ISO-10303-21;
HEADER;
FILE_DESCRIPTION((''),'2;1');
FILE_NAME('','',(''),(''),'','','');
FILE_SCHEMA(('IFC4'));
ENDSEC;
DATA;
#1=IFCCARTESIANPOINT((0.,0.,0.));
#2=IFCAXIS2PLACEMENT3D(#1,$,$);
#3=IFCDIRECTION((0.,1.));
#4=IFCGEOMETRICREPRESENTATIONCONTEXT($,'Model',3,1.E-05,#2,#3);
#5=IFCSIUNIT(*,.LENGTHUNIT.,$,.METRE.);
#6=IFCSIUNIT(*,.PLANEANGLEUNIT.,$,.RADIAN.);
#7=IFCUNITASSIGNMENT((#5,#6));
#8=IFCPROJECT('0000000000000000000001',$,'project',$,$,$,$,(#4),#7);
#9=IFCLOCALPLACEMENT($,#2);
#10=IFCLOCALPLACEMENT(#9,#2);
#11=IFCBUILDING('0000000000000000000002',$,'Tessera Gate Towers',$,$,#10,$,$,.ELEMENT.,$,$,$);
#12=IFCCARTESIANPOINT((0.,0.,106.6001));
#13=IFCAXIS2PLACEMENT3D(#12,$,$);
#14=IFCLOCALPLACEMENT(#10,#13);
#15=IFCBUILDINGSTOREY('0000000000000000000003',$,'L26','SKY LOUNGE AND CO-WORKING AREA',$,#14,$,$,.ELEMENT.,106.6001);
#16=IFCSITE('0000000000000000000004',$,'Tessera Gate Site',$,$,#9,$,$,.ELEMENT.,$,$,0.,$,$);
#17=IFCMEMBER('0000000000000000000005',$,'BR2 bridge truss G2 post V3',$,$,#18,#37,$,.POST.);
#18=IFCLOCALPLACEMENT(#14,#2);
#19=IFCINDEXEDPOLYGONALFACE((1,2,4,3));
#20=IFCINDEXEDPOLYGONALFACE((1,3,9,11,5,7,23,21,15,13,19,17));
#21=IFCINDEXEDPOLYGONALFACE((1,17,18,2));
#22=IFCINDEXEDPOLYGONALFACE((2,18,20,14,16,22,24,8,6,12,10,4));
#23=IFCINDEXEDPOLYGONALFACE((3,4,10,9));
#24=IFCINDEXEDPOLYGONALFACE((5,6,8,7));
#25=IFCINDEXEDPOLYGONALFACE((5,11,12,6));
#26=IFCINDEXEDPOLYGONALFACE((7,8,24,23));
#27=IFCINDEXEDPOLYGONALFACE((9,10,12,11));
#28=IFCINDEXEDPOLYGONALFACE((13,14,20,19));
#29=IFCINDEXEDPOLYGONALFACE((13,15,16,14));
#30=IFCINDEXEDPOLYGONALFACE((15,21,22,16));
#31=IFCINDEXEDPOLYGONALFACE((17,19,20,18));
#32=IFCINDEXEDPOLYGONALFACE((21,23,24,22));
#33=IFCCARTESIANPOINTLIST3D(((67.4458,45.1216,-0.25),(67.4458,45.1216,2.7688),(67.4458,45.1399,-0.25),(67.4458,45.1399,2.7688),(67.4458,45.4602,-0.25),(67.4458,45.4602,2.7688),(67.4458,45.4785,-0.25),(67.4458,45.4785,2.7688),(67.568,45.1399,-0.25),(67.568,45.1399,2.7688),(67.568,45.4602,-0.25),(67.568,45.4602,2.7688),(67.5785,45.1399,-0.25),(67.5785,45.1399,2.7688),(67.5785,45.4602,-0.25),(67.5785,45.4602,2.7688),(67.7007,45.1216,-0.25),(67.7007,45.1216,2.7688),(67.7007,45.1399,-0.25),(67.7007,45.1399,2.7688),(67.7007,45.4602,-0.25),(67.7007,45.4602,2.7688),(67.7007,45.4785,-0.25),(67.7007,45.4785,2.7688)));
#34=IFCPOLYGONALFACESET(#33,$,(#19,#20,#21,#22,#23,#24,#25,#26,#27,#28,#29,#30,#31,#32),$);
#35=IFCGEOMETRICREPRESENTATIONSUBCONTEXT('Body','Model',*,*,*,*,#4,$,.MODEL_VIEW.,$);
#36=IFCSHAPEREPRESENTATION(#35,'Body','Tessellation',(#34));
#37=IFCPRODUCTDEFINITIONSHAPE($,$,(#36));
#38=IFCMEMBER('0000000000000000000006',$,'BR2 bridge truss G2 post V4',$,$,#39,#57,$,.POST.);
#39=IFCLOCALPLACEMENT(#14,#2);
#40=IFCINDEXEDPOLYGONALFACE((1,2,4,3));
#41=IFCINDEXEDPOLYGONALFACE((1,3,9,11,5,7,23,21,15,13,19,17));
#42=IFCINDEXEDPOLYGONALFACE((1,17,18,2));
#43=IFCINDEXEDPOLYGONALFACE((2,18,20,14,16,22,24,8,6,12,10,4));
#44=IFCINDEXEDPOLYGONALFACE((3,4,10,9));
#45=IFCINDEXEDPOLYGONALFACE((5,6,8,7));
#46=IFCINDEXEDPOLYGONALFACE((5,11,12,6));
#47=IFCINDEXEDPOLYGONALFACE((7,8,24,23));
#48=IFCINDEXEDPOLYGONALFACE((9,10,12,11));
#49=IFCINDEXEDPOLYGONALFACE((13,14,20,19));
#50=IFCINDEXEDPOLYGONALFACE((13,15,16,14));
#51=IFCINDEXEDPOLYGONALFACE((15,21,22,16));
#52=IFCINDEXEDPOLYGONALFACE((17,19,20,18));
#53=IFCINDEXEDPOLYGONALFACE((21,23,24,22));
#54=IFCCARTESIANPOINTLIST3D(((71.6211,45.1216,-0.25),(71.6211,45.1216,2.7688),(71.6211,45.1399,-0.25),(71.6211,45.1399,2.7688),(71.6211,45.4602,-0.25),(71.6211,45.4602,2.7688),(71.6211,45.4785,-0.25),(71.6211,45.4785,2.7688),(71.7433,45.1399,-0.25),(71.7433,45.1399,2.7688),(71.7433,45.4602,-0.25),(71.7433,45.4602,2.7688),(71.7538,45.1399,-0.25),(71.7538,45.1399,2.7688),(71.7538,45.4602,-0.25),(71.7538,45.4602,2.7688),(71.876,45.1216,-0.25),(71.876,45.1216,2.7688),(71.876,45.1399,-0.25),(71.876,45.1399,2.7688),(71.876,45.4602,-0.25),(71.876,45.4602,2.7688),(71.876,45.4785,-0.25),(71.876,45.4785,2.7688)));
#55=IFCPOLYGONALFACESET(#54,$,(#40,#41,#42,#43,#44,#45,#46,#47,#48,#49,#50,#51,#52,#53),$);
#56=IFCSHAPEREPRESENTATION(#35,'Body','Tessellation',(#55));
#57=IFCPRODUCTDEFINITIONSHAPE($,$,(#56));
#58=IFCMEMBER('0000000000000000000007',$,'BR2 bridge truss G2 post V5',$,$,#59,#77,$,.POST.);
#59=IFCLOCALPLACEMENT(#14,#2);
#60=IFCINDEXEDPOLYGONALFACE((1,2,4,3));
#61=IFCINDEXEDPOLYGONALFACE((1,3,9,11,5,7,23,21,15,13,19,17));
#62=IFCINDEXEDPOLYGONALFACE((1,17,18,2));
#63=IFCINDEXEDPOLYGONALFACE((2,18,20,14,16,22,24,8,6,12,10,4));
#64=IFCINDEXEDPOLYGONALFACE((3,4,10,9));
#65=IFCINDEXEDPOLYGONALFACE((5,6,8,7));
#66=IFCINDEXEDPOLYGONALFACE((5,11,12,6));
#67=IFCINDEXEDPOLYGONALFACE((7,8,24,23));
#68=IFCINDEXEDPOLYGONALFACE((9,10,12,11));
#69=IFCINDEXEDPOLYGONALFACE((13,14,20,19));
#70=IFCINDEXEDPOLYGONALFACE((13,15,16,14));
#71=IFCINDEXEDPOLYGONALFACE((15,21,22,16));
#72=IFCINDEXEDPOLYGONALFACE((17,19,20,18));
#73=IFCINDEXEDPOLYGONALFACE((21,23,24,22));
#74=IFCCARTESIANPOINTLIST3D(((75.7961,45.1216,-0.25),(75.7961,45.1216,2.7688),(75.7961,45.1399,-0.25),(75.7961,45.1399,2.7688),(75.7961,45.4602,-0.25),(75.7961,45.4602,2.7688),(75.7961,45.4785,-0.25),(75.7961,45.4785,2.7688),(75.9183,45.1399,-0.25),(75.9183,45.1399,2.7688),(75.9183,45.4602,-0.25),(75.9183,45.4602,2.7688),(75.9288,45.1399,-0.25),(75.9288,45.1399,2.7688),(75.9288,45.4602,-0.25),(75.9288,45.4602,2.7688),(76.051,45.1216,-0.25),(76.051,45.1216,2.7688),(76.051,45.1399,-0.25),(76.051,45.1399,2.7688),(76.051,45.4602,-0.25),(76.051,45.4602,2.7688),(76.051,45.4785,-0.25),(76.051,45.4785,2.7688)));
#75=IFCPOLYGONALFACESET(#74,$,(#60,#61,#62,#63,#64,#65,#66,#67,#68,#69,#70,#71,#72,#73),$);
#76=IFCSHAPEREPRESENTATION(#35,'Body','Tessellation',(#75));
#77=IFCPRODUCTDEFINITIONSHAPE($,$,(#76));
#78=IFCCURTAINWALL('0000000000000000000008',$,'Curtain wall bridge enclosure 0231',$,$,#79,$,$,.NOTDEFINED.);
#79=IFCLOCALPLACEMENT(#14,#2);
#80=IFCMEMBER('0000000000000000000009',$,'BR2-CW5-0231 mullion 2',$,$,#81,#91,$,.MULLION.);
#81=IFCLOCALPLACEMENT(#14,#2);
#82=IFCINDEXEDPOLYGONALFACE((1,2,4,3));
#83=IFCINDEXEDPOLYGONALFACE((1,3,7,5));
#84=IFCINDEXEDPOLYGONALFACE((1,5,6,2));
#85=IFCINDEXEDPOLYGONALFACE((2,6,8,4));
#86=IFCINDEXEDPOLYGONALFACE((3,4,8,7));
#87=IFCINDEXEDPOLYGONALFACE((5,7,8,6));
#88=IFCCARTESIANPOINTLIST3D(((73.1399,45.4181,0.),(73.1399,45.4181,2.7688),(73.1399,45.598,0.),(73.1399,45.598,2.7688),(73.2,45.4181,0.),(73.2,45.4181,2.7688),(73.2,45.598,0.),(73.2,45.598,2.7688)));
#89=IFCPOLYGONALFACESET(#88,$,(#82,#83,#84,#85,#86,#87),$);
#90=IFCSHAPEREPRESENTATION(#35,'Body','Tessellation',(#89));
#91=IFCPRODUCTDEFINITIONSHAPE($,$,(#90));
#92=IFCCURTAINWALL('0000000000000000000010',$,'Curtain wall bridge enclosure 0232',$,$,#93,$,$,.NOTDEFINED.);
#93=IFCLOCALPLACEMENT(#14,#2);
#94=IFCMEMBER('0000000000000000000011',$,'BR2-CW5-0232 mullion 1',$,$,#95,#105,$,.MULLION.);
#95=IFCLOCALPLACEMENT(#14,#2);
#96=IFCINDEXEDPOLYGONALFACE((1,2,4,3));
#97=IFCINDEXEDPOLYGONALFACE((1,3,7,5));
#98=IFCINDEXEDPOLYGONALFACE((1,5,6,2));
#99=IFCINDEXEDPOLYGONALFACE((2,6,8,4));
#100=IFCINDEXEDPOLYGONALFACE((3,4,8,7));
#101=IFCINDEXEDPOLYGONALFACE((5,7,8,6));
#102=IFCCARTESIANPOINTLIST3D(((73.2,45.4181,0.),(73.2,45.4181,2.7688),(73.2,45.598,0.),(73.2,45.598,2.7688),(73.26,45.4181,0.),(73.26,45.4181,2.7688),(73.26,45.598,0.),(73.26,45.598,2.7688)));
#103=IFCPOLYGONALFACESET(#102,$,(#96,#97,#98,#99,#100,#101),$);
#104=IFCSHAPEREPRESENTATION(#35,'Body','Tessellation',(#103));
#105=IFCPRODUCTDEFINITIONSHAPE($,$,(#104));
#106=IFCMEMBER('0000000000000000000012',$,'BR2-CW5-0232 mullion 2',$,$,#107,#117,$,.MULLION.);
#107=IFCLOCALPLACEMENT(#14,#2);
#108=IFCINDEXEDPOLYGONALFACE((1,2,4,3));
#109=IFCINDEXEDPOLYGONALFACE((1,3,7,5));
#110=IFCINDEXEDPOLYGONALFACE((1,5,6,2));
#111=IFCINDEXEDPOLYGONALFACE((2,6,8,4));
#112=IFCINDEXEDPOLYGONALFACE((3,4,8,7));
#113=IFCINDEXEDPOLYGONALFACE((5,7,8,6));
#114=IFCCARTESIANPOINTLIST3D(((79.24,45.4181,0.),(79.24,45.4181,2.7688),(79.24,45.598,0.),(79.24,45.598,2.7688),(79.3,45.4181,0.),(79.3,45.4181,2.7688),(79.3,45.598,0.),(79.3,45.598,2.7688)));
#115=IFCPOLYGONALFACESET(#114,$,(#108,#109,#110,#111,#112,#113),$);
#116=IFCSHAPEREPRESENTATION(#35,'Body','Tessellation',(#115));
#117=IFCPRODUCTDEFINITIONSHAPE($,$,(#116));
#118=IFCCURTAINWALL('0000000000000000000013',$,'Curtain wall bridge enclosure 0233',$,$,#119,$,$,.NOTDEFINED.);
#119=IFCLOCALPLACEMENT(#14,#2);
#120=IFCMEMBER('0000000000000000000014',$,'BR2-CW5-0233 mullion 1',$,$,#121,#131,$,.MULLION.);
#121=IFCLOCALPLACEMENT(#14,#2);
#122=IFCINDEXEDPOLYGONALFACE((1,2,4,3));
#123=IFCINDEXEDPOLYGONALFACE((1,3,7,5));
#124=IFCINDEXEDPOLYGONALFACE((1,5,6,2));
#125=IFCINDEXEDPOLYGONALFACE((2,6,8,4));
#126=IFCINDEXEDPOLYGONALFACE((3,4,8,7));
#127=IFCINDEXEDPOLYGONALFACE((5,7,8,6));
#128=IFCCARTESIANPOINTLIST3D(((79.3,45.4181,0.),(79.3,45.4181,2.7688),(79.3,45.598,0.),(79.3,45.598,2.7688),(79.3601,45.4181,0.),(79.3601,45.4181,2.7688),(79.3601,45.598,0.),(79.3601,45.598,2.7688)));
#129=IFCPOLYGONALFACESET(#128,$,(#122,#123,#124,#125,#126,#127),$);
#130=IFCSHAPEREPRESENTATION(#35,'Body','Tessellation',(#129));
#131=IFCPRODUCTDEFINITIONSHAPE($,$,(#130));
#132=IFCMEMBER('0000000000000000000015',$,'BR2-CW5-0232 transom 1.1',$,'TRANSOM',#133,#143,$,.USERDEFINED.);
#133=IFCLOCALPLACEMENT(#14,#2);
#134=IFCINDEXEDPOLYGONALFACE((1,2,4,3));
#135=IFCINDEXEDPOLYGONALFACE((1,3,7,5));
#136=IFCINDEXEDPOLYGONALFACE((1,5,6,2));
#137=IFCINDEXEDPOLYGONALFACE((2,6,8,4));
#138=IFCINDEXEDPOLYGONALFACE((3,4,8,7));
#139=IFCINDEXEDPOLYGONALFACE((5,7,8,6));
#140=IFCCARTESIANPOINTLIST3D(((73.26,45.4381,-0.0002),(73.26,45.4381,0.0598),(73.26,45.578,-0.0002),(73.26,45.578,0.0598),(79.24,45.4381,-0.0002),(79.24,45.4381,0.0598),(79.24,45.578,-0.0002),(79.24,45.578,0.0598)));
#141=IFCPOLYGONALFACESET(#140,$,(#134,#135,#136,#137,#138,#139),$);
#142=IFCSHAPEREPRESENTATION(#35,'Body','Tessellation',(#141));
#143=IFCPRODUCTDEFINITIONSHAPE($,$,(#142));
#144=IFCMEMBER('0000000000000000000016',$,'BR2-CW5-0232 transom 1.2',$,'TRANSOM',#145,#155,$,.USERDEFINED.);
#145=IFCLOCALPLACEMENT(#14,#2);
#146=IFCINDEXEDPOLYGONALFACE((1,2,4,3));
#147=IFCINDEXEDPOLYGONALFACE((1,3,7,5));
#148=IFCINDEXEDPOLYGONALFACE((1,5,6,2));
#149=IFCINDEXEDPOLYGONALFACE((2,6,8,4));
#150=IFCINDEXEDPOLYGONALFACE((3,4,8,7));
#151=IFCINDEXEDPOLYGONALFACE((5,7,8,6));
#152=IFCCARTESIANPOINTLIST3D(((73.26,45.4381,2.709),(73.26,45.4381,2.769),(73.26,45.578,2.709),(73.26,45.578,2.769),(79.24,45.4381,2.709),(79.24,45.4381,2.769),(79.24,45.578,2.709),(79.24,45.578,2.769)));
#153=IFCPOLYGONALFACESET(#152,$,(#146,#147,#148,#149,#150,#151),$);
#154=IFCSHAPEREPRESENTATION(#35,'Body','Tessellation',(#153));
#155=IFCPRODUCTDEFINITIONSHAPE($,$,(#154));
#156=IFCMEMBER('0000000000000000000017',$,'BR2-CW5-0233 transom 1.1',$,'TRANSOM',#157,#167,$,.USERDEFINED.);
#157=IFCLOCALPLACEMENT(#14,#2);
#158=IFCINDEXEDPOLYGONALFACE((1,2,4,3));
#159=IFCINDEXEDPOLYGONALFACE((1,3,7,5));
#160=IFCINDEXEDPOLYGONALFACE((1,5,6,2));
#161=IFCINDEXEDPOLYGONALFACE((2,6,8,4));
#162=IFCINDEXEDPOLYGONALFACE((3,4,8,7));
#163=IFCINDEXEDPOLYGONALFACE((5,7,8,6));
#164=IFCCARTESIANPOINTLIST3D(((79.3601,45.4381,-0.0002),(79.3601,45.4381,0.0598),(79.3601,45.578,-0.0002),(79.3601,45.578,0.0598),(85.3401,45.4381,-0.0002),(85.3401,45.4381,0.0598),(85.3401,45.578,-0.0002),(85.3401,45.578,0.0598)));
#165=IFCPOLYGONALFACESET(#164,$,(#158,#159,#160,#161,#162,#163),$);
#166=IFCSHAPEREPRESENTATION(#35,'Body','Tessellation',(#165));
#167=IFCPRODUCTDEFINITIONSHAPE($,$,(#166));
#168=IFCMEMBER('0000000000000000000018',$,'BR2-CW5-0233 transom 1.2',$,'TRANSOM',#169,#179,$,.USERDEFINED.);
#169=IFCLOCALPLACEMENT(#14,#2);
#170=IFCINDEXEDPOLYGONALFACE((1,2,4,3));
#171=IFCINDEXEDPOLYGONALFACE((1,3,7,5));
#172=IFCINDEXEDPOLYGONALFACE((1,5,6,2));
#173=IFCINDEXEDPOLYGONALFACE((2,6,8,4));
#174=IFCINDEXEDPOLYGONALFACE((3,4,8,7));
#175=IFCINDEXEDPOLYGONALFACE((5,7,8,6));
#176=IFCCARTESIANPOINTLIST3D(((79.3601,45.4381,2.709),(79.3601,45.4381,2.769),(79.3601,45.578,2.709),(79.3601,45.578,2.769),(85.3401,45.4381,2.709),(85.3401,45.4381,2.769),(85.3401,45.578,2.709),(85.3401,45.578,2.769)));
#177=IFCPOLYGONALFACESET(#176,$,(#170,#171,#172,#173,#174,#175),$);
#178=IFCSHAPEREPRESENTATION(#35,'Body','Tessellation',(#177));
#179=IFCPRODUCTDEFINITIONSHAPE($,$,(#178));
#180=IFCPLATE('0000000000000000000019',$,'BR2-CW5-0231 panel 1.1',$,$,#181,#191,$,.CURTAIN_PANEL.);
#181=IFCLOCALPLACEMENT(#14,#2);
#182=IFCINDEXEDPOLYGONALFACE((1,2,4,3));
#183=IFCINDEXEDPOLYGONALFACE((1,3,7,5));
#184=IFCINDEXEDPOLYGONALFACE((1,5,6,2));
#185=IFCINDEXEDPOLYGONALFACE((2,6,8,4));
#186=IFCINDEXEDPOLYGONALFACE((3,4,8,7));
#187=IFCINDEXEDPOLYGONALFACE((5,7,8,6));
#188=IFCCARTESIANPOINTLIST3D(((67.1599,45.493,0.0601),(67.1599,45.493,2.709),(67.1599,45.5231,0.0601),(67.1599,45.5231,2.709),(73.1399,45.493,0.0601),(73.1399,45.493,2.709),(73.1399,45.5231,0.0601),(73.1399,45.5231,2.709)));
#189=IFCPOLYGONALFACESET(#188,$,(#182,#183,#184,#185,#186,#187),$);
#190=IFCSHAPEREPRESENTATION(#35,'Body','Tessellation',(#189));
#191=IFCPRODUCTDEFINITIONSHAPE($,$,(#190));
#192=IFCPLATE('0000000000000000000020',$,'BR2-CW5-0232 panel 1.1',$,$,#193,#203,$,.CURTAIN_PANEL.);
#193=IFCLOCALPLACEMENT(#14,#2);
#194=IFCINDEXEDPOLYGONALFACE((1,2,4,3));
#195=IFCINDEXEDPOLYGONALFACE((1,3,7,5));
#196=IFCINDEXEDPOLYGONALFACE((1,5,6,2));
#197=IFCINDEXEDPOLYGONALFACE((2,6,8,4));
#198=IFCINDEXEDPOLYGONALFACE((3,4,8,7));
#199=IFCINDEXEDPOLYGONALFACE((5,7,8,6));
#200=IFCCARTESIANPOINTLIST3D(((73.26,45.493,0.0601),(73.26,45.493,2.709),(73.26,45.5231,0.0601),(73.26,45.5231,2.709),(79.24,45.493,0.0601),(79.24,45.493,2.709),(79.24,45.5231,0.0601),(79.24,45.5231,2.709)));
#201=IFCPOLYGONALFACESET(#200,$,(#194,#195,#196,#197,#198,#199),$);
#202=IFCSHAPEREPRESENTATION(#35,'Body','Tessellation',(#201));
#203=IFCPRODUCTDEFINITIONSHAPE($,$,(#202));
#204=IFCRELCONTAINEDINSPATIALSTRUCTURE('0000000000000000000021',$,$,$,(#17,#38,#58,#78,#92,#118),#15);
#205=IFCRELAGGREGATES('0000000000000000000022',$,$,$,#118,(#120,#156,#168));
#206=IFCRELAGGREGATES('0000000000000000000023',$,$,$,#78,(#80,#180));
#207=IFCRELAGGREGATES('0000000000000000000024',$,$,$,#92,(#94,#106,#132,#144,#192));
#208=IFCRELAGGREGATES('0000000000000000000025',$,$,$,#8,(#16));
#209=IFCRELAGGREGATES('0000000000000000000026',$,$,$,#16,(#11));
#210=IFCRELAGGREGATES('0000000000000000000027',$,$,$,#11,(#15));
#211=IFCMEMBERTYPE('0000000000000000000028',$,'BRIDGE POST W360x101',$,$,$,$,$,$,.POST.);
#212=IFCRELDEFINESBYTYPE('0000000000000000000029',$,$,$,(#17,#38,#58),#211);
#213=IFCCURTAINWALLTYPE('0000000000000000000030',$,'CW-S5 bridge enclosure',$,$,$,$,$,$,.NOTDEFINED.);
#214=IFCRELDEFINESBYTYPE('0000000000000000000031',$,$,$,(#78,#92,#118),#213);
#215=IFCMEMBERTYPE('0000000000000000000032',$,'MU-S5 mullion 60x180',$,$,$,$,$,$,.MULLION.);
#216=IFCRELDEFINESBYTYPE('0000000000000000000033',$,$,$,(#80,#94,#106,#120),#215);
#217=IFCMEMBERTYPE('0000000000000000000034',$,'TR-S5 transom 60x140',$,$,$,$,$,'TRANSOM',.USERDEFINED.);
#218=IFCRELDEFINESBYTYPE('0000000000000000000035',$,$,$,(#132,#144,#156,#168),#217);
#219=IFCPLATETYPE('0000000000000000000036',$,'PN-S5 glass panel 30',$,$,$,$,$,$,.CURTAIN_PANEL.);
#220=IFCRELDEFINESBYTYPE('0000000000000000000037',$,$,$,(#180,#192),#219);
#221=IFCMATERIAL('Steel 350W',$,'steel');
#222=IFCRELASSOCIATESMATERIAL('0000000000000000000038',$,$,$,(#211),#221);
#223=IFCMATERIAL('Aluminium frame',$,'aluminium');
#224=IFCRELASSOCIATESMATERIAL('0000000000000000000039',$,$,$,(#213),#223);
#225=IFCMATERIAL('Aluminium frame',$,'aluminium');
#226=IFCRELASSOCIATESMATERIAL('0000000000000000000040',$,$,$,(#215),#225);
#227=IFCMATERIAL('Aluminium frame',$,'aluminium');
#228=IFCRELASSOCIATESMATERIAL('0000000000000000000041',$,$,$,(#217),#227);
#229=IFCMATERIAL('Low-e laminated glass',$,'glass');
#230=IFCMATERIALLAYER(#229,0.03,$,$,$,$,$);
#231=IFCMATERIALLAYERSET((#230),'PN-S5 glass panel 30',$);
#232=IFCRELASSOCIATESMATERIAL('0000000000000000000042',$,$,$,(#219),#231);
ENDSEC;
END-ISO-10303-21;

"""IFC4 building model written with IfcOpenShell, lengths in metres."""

from ifc_helpers import new_model, si_unit, direction, frame, origin, origin_2d, place, context, subcontext, project, spatial, rectangle, i_section, extrude, material, layer, layer_set, material_profile, profile_set, type_object, element, aggregate, save


model = new_model("IFC4")

# Units and contexts
model_context = context("Model", 3, precision=1e-05, world=origin(), true_north=direction((0.0, 1.0)))
body_context = subcontext(model_context, "Body", "Model", "MODEL_VIEW")
ifc_project = project(units=[si_unit("LENGTHUNIT", "METRE"), si_unit("PLANEANGLEUNIT", "RADIAN")], contexts=[model_context])

# Site, building, storey
site_placement = place(None, origin())
site = spatial("IfcSite", under=ifc_project, at=site_placement, Name="Tessera Gate Site", CompositionType="ELEMENT", RefElevation=0.0)
building_placement = place(site_placement, origin())
building = spatial("IfcBuilding", under=site, at=building_placement, Name="Tessera Gate Towers", CompositionType="ELEMENT")
storey_placement = place(building_placement, frame((0.0, 0.0, 106.6001)))
storey = spatial("IfcBuildingStorey", under=building, at=storey_placement, Name="L26", Description="SKY LOUNGE AND CO-WORKING AREA", CompositionType="ELEMENT", Elevation=106.6001)

# Members
ifc_material_1 = material(Name="Steel 350W", Category="steel")
ifc_material_profile_1 = material_profile(ifc_material_1, i_section(OverallWidth=0.2549, OverallDepth=0.3569, WebThickness=0.0105, FlangeThickness=0.0183, at=origin_2d()), Name="W360x101")
ifc_profile_set_1 = profile_set([ifc_material_profile_1], Name="Steel 350W")
member_type_1 = type_object("IfcMemberType", Name="BRIDGE POST W360x101", PredefinedType="POST", material=ifc_profile_set_1)
for number, where, z_axis, x_axis, name in (
    (1, (67.5732, 45.3, -0.25), (0.0, 0.0, 1.0), (1.0, 0.0, 0.0), "BR2 bridge truss G2 post V3"),
    (2, (71.7485, 45.3, -0.25), (0.0, 0.0, 1.0), (1.0, 0.0, 0.0), "BR2 bridge truss G2 post V4"),
    (3, (75.9236, 45.3, -0.25), (0.0, 0.0, 1.0), (1.0, 0.0, 0.0), "BR2 bridge truss G2 post V5"),
):
    element("IfcMember", number, at=place(storey_placement, frame(where, z_axis=z_axis, x_axis=x_axis)), inside=storey, type_object=member_type_1, Name=name, PredefinedType="POST", context=body_context, shape_type="SweptSolid", body=[
        extrude(i_section(OverallWidth=0.2549, OverallDepth=0.3569, WebThickness=0.0105, FlangeThickness=0.0183, at=origin_2d()), origin(), (0.0, 0.0, 1.0), 3.0188),
    ])

# Curtain wall, member
ifc_material_2 = material(Name="Aluminium frame", Category="aluminium")
curtain_wall_type = type_object("IfcCurtainWallType", Name="CW-S5 bridge enclosure", PredefinedType="NOTDEFINED", material=ifc_material_2)
curtain_wall_1_placement = place(storey_placement, origin())
curtain_wall_1 = element("IfcCurtainWall", 4, at=curtain_wall_1_placement, inside=storey, type_object=curtain_wall_type, Name="Curtain wall bridge enclosure 0231", PredefinedType="NOTDEFINED")
ifc_material_3 = material(Name="Aluminium frame", Category="aluminium")
ifc_material_profile_2 = material_profile(ifc_material_3, rectangle(XDim=0.0601, YDim=0.1799, at=origin_2d()), Name="AL 60x180")
ifc_profile_set_2 = profile_set([ifc_material_profile_2], Name="Aluminium frame")
member_type_2 = type_object("IfcMemberType", Name="MU-S5 mullion 60x180", PredefinedType="MULLION", material=ifc_profile_set_2)
member_1_placement = place(storey_placement, frame((73.1699, 45.5081, 0.0), z_axis=(0.0, 0.0, 1.0), x_axis=(1.0, 0.0, 0.0)))
member_1 = element("IfcMember", 5, at=member_1_placement, type_object=member_type_2, Name="BR2-CW5-0231 mullion 2", PredefinedType="MULLION", context=body_context, shape_type="SweptSolid", body=[
    extrude(rectangle(XDim=0.0601, YDim=0.1799, at=origin_2d()), origin(), (0.0, 0.0, 1.0), 2.7688),
])

# Curtain wall, members
curtain_wall_2_placement = place(storey_placement, origin())
curtain_wall_2 = element("IfcCurtainWall", 6, at=curtain_wall_2_placement, inside=storey, type_object=curtain_wall_type, Name="Curtain wall bridge enclosure 0232", PredefinedType="NOTDEFINED")
member_2_placement = place(storey_placement, frame((73.23, 45.5081, 0.0), z_axis=(0.0, 0.0, 1.0), x_axis=(1.0, 0.0, 0.0)))
member_2 = element("IfcMember", 7, at=member_2_placement, type_object=member_type_2, Name="BR2-CW5-0232 mullion 1", PredefinedType="MULLION", context=body_context, shape_type="SweptSolid", body=[
    extrude(rectangle(XDim=0.0601, YDim=0.1799, at=origin_2d()), origin(), (0.0, 0.0, 1.0), 2.7688),
])
member_3_placement = place(storey_placement, frame((79.27, 45.5081, 0.0), z_axis=(0.0, 0.0, 1.0), x_axis=(1.0, 0.0, 0.0)))
member_3 = element("IfcMember", 8, at=member_3_placement, type_object=member_type_2, Name="BR2-CW5-0232 mullion 2", PredefinedType="MULLION", context=body_context, shape_type="SweptSolid", body=[
    extrude(rectangle(XDim=0.0601, YDim=0.1799, at=origin_2d()), origin(), (0.0, 0.0, 1.0), 2.7688),
])

# Curtain wall, member
curtain_wall_3_placement = place(storey_placement, origin())
curtain_wall_3 = element("IfcCurtainWall", 9, at=curtain_wall_3_placement, inside=storey, type_object=curtain_wall_type, Name="Curtain wall bridge enclosure 0233", PredefinedType="NOTDEFINED")
member_4_placement = place(storey_placement, frame((79.3301, 45.5081, 0.0), z_axis=(0.0, 0.0, 1.0), x_axis=(1.0, 0.0, 0.0)))
member_4 = element("IfcMember", 10, at=member_4_placement, type_object=member_type_2, Name="BR2-CW5-0233 mullion 1", PredefinedType="MULLION", context=body_context, shape_type="SweptSolid", body=[
    extrude(rectangle(XDim=0.0601, YDim=0.1799, at=origin_2d()), origin(), (0.0, 0.0, 1.0), 2.7688),
])

# Members
ifc_material_4 = material(Name="Aluminium frame", Category="aluminium")
ifc_material_profile_3 = material_profile(ifc_material_4, rectangle(XDim=0.1399, YDim=0.0601, at=origin_2d()), Name="AL 60x140")
ifc_profile_set_3 = profile_set([ifc_material_profile_3], Name="Aluminium frame")
member_type_3 = type_object("IfcMemberType", Name="TR-S5 transom 60x140", ElementType="TRANSOM", PredefinedType="USERDEFINED", material=ifc_profile_set_3)
member_5_placement = place(storey_placement, frame((73.26, 45.5081, 0.0298), z_axis=(1.0, 0.0, 0.0), x_axis=(0.0, 1.0, 0.0)))
member_5 = element("IfcMember", 11, at=member_5_placement, type_object=member_type_3, Name="BR2-CW5-0232 transom 1.1", ObjectType="TRANSOM", PredefinedType="USERDEFINED", context=body_context, shape_type="SweptSolid", body=[
    extrude(rectangle(XDim=0.1399, YDim=0.0601, at=origin_2d()), origin(), (0.0, 0.0, 1.0), 5.98),
])
member_6_placement = place(storey_placement, frame((73.26, 45.5081, 2.739), z_axis=(1.0, 0.0, 0.0), x_axis=(0.0, 1.0, 0.0)))
member_6 = element("IfcMember", 12, at=member_6_placement, type_object=member_type_3, Name="BR2-CW5-0232 transom 1.2", ObjectType="TRANSOM", PredefinedType="USERDEFINED", context=body_context, shape_type="SweptSolid", body=[
    extrude(rectangle(XDim=0.1399, YDim=0.0601, at=origin_2d()), origin(), (0.0, 0.0, 1.0), 5.98),
])
member_7_placement = place(storey_placement, frame((79.3601, 45.5081, 0.0298), z_axis=(1.0, 0.0, 0.0), x_axis=(0.0, 1.0, 0.0)))
member_7 = element("IfcMember", 13, at=member_7_placement, type_object=member_type_3, Name="BR2-CW5-0233 transom 1.1", ObjectType="TRANSOM", PredefinedType="USERDEFINED", context=body_context, shape_type="SweptSolid", body=[
    extrude(rectangle(XDim=0.1399, YDim=0.0601, at=origin_2d()), origin(), (0.0, 0.0, 1.0), 5.98),
])
member_8_placement = place(storey_placement, frame((79.3601, 45.5081, 2.739), z_axis=(1.0, 0.0, 0.0), x_axis=(0.0, 1.0, 0.0)))
member_8 = element("IfcMember", 14, at=member_8_placement, type_object=member_type_3, Name="BR2-CW5-0233 transom 1.2", ObjectType="TRANSOM", PredefinedType="USERDEFINED", context=body_context, shape_type="SweptSolid", body=[
    extrude(rectangle(XDim=0.1399, YDim=0.0601, at=origin_2d()), origin(), (0.0, 0.0, 1.0), 5.98),
])
aggregate(curtain_wall_3, [member_4, member_7, member_8])

# Plates
ifc_material_5 = material(Name="Low-e laminated glass", Category="glass")
ifc_layer = layer(ifc_material_5, 0.03)
ifc_layer_set = layer_set([ifc_layer], Name="PN-S5 glass panel 30")
plate_type = type_object("IfcPlateType", Name="PN-S5 glass panel 30", PredefinedType="CURTAIN_PANEL", material=ifc_layer_set)
plate_1_placement = place(storey_placement, frame((70.1499, 45.5081, 0.0601), z_axis=(0.0, 0.0, 1.0), x_axis=(1.0, 0.0, 0.0)))
plate_1 = element("IfcPlate", 15, at=plate_1_placement, type_object=plate_type, Name="BR2-CW5-0231 panel 1.1", PredefinedType="CURTAIN_PANEL", context=body_context, shape_type="SweptSolid", body=[
    extrude(rectangle(XDim=5.98, YDim=0.03, at=origin_2d()), origin(), (0.0, 0.0, 1.0), 2.6489),
])
aggregate(curtain_wall_1, [member_1, plate_1])
plate_2_placement = place(storey_placement, frame((76.25, 45.5081, 0.0601), z_axis=(0.0, 0.0, 1.0), x_axis=(1.0, 0.0, 0.0)))
plate_2 = element("IfcPlate", 16, at=plate_2_placement, type_object=plate_type, Name="BR2-CW5-0232 panel 1.1", PredefinedType="CURTAIN_PANEL", context=body_context, shape_type="SweptSolid", body=[
    extrude(rectangle(XDim=5.98, YDim=0.03, at=origin_2d()), origin(), (0.0, 0.0, 1.0), 2.6489),
])
aggregate(curtain_wall_2, [member_2, member_3, member_5, member_6, plate_2])

save(model, "model.ifc")
